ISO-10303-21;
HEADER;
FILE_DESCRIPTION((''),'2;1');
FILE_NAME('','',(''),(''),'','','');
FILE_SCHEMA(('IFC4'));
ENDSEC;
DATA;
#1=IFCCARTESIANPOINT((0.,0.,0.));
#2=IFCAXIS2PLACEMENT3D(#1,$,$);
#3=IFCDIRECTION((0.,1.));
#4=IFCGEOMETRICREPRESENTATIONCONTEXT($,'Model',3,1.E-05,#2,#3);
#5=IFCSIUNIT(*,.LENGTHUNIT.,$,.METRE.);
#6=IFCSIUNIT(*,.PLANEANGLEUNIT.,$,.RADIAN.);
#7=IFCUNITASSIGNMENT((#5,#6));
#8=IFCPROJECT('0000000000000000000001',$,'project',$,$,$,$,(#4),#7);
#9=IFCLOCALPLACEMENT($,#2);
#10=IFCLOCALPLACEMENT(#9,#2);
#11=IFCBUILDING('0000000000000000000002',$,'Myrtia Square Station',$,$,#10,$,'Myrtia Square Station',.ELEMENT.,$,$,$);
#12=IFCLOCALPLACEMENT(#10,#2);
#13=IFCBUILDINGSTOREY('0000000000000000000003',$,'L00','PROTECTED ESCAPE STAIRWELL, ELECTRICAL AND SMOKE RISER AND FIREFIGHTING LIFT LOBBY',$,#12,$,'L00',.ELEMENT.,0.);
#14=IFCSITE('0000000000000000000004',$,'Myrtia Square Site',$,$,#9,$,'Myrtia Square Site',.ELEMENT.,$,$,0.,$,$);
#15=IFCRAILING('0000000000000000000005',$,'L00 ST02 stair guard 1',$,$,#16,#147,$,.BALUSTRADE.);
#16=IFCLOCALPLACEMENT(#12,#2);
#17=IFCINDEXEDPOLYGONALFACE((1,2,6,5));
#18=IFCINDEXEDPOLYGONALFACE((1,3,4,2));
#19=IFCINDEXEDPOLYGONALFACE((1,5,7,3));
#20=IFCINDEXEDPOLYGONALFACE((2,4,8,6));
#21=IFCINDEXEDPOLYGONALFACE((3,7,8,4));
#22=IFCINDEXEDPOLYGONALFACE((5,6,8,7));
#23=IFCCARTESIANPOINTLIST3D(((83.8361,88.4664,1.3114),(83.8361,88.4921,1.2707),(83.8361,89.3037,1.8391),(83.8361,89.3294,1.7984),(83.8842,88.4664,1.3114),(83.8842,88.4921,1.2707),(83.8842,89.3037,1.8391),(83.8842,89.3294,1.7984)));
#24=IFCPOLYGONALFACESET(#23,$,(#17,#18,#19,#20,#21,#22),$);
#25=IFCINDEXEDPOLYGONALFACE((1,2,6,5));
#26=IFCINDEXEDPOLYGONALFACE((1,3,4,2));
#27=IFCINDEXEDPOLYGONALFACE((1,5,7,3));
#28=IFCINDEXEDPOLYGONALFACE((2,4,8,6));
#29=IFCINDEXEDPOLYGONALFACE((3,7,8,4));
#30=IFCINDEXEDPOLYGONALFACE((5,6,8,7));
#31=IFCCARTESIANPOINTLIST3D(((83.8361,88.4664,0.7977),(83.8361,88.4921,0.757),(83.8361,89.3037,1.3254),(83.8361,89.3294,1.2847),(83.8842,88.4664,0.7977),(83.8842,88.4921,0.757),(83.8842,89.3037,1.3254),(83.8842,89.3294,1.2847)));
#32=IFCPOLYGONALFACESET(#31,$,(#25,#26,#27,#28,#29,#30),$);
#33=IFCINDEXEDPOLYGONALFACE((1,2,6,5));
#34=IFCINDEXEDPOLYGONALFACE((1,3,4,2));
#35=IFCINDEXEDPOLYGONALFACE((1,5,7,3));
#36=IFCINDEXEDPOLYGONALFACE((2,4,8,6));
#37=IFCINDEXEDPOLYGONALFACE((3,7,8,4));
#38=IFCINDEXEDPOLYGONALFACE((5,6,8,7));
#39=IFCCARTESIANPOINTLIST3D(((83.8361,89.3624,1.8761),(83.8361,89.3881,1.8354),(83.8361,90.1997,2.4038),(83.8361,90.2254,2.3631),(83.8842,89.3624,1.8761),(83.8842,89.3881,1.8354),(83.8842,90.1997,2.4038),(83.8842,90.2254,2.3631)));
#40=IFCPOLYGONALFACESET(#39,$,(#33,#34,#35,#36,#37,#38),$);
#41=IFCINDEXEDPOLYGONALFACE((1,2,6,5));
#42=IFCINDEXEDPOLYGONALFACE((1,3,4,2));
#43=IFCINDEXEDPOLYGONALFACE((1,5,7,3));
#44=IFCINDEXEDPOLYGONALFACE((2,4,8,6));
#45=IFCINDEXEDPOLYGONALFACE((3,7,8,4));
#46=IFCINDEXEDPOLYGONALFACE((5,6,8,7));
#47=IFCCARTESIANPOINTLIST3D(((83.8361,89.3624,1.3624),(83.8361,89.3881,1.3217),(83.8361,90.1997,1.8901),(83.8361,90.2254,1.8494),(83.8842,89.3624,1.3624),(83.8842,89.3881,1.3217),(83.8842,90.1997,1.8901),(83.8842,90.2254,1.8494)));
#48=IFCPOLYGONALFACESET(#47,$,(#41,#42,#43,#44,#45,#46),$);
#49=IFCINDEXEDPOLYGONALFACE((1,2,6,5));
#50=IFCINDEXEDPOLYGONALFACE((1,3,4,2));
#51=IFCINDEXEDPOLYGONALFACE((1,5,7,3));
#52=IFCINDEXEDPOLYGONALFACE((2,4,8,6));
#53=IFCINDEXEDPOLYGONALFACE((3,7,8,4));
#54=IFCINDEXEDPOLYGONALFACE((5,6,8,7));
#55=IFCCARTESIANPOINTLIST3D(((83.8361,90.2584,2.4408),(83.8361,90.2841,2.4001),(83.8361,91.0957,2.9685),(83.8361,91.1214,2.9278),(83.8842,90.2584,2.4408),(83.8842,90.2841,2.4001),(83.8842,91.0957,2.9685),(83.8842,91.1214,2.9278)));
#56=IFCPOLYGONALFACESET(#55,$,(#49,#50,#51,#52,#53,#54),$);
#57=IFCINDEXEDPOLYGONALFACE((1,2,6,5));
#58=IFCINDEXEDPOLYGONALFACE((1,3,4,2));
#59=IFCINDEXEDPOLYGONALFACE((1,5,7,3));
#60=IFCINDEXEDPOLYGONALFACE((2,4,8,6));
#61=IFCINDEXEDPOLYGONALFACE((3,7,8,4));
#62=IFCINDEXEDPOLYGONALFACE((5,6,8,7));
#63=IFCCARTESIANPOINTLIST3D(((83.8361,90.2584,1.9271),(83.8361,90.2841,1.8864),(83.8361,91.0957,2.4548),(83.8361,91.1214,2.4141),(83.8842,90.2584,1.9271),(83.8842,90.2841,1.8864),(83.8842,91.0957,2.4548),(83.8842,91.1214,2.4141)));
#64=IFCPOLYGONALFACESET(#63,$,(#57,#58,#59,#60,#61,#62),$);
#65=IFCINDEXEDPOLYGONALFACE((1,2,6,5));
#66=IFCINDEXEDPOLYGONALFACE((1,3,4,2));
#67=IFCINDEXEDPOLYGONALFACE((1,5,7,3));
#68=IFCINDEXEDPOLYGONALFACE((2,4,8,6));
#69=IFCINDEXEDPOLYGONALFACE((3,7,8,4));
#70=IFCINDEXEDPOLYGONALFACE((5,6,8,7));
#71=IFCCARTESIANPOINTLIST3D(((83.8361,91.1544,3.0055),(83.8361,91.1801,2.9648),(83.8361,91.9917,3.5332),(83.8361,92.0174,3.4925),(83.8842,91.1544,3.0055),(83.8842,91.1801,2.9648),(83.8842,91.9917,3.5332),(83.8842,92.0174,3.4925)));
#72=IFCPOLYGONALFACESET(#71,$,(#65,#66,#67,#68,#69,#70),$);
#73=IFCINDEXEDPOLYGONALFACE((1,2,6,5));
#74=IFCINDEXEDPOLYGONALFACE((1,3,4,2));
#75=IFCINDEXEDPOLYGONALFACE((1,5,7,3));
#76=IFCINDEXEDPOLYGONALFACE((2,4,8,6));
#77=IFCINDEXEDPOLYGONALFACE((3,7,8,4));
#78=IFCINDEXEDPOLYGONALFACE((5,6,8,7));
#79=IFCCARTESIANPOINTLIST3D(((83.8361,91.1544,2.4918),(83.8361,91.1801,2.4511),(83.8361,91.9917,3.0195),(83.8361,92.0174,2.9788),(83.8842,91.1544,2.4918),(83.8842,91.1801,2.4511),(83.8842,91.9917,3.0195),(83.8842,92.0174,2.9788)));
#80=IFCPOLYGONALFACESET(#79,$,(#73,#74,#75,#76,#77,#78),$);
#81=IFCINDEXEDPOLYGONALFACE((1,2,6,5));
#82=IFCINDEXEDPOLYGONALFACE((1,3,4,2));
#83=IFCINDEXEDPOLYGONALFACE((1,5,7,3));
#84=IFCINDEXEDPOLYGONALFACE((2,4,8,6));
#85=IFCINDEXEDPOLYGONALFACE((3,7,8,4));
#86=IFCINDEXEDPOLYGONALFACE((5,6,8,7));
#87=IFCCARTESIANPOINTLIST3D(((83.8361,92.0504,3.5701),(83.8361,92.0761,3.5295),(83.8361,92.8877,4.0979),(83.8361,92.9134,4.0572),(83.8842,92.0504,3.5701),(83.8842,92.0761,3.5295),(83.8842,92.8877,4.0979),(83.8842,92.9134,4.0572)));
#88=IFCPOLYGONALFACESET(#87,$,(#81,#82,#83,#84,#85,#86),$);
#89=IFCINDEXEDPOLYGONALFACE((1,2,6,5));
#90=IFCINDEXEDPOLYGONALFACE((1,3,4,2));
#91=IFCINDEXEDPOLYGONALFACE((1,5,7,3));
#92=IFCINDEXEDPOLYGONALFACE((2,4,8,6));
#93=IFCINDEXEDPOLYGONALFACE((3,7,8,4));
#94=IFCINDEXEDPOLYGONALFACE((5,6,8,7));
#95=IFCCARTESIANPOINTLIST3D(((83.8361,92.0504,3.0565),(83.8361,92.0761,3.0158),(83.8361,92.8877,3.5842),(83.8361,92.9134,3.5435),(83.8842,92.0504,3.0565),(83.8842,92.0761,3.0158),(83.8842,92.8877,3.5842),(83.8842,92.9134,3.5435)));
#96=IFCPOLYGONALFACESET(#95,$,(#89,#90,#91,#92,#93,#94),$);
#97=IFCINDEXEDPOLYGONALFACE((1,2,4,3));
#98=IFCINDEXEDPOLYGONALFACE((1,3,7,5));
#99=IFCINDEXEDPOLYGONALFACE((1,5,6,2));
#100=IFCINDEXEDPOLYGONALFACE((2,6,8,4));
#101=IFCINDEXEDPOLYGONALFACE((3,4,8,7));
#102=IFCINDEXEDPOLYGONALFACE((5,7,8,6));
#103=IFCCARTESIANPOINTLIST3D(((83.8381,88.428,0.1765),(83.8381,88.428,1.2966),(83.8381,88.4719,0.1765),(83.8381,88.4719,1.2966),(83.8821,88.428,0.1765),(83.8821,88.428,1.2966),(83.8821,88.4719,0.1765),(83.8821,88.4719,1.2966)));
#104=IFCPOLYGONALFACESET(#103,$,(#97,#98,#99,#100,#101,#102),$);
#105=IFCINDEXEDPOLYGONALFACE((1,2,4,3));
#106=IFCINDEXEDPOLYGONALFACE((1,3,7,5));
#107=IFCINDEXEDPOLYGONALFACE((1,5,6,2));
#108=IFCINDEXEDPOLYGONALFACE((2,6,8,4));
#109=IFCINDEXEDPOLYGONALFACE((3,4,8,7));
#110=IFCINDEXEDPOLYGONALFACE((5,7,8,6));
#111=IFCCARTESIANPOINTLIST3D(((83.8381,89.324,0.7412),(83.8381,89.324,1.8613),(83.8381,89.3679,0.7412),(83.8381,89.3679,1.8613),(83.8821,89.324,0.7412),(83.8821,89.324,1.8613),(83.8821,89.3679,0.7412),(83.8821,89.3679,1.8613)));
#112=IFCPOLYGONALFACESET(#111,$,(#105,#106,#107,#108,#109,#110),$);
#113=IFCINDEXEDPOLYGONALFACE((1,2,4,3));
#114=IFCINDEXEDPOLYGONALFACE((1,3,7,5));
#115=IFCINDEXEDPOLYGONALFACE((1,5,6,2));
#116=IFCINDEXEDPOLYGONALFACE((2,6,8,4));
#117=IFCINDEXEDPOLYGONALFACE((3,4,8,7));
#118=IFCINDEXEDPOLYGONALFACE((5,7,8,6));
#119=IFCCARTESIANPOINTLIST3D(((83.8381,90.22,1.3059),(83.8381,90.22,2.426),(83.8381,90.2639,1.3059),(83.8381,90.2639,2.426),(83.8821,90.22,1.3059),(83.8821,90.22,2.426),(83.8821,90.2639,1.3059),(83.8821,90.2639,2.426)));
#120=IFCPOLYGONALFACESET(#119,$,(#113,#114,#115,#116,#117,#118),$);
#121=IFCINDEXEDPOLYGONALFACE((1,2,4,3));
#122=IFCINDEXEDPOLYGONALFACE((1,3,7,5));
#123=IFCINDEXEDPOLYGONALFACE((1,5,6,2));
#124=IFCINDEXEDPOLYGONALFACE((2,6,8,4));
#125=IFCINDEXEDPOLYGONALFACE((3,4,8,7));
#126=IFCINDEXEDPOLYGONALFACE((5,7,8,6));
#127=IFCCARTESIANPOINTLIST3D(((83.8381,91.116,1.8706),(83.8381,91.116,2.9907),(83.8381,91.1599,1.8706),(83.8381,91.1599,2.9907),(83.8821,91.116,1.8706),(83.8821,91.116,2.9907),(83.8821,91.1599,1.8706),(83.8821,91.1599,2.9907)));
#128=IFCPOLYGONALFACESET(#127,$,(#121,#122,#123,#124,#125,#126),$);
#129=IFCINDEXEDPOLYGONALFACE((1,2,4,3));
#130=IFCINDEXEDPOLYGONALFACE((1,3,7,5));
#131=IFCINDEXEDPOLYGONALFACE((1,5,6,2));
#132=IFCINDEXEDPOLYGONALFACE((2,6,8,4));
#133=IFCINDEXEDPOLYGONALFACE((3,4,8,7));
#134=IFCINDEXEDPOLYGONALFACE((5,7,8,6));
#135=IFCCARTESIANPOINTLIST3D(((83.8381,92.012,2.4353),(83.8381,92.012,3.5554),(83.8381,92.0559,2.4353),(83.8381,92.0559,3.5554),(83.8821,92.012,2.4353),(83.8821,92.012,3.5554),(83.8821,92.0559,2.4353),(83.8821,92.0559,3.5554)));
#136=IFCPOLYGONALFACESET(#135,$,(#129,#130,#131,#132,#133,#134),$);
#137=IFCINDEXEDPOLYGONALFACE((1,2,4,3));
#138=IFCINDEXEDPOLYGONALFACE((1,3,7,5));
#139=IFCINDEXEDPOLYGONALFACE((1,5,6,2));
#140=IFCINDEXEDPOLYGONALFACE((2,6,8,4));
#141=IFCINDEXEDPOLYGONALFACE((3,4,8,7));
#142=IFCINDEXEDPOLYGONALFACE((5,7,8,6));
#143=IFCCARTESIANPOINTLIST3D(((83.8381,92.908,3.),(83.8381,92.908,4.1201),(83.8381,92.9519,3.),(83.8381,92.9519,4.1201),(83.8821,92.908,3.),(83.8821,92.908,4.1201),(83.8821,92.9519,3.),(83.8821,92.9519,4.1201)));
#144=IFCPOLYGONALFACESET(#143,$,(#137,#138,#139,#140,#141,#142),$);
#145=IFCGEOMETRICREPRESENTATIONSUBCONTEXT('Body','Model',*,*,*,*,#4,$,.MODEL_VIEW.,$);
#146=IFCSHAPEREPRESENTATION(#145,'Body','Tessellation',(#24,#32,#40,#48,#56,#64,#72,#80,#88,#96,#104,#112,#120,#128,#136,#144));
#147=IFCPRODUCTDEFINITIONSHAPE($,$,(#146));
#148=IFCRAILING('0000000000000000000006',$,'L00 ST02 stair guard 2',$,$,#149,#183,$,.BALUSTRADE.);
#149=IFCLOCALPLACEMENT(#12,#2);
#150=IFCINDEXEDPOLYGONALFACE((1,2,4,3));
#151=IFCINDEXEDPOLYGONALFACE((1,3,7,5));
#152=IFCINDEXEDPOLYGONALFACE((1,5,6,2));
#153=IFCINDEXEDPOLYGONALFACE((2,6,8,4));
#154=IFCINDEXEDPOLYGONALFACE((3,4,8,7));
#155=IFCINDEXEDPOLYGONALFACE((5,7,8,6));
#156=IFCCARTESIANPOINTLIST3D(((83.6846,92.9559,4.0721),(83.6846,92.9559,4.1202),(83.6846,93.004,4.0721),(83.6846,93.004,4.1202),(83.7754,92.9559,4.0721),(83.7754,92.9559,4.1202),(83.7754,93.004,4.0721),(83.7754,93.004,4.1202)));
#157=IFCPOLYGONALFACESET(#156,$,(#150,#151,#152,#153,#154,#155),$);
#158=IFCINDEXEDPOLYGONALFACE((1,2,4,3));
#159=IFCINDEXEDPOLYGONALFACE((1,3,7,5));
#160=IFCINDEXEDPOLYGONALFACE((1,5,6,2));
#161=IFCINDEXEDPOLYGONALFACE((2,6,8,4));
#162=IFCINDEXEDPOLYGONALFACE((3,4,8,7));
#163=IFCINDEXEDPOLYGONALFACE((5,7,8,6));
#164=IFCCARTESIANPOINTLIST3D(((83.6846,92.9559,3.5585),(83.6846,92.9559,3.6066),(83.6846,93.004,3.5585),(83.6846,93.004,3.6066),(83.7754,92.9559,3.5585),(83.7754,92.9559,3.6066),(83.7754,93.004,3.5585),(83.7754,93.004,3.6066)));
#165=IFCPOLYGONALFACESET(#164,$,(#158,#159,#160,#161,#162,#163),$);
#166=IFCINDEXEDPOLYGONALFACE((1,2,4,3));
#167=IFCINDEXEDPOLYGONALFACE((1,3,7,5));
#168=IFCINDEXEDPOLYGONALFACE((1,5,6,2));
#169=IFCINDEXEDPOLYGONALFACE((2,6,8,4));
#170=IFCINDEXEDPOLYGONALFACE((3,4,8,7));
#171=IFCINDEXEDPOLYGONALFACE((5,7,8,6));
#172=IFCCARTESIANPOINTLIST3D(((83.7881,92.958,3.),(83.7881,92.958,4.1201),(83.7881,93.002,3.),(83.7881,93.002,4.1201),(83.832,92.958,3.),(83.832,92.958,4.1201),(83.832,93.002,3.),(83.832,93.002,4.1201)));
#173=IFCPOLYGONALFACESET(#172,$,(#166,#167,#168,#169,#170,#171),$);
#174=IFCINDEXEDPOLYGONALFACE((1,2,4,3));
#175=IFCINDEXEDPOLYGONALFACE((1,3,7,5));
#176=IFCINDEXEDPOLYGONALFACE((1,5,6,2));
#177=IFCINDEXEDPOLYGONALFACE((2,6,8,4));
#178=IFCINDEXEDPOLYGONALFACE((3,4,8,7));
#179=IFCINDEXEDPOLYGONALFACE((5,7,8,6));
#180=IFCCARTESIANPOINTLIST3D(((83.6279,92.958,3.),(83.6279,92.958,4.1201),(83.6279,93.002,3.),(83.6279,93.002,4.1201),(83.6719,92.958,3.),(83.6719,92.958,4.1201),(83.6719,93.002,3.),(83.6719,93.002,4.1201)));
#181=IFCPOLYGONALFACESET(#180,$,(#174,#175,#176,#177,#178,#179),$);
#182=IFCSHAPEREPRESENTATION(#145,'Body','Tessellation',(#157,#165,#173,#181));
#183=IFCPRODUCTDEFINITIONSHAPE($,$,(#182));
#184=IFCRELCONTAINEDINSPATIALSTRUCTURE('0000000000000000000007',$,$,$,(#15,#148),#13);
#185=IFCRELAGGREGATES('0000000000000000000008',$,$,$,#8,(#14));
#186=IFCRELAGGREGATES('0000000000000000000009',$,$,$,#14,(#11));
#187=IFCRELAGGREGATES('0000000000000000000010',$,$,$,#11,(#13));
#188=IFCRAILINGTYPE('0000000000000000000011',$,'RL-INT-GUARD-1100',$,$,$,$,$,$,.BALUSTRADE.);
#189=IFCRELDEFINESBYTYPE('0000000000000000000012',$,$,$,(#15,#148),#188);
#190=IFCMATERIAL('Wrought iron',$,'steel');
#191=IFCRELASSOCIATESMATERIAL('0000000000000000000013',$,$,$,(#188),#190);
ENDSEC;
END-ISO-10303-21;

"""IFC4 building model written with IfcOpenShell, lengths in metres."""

from ifc_helpers import new_model, si_unit, direction, frame, origin, origin_2d, place, context, subcontext, project, spatial, rectangle, extrude, material, type_object, element, save


model = new_model("IFC4")

# Units and contexts
model_context = context("Model", 3, precision=1e-05, world=origin(), true_north=direction((0.0, 1.0)))
body_context = subcontext(model_context, "Body", "Model", "MODEL_VIEW")
ifc_project = project(units=[si_unit("LENGTHUNIT", "METRE"), si_unit("PLANEANGLEUNIT", "RADIAN")], contexts=[model_context])

# Site, building, storey
site_placement = place(None, origin())
site = spatial("IfcSite", under=ifc_project, at=site_placement, Name="Myrtia Square Site", LongName="Myrtia Square Site", CompositionType="ELEMENT", RefElevation=0.0)
building_placement = place(site_placement, origin())
building = spatial("IfcBuilding", under=site, at=building_placement, Name="Myrtia Square Station", LongName="Myrtia Square Station", CompositionType="ELEMENT")
storey_placement = place(building_placement, origin())
storey = spatial("IfcBuildingStorey", under=building, at=storey_placement, Name="L00", Description="PROTECTED ESCAPE STAIRWELL, ELECTRICAL AND SMOKE RISER AND FIREFIGHTING LIFT LOBBY", LongName="L00", CompositionType="ELEMENT", Elevation=0.0)

# Railings
ifc_material_1 = material(Name="Wrought iron", Category="steel")
railing_type_1 = type_object("IfcRailingType", Name="RL-INT-GUARD-1100", PredefinedType="BALUSTRADE", material=ifc_material_1)
railing_1_placement = place(storey_placement, frame((83.8601, 88.45, 0.1765)))
element("IfcRailing", 1, at=railing_1_placement, inside=storey, type_object=railing_type_1, Name="L00 ST02 stair guard 1", PredefinedType="BALUSTRADE", context=body_context, shape_type="SweptSolid", body=[
    extrude(rectangle(XDim=0.0481, YDim=0.0481, at=origin_2d()), frame((0.0, 0.0293, 1.1145), z_axis=(0.0, 0.845998, 0.533186), x_axis=(-1.0, 0.0, 0.0)), (0.0, 0.0, 1.0), 0.9897),
    extrude(rectangle(XDim=0.0481, YDim=0.0481, at=origin_2d()), frame((0.0, 0.0293, 0.6008), z_axis=(0.0, 0.845998, 0.533186), x_axis=(-1.0, 0.0, 0.0)), (0.0, 0.0, 1.0), 0.9897),
    extrude(rectangle(XDim=0.0481, YDim=0.0481, at=origin_2d()), frame((0.0, 0.9253, 1.6792), z_axis=(0.0, 0.845998, 0.533186), x_axis=(-1.0, 0.0, 0.0)), (0.0, 0.0, 1.0), 0.9897),
    extrude(rectangle(XDim=0.0481, YDim=0.0481, at=origin_2d()), frame((0.0, 0.9253, 1.1655), z_axis=(0.0, 0.845998, 0.533186), x_axis=(-1.0, 0.0, 0.0)), (0.0, 0.0, 1.0), 0.9897),
    extrude(rectangle(XDim=0.0481, YDim=0.0481, at=origin_2d()), frame((0.0, 1.8213, 2.2439), z_axis=(0.0, 0.845998, 0.533186), x_axis=(-1.0, 0.0, 0.0)), (0.0, 0.0, 1.0), 0.9897),
    extrude(rectangle(XDim=0.0481, YDim=0.0481, at=origin_2d()), frame((0.0, 1.8213, 1.7302), z_axis=(0.0, 0.845998, 0.533186), x_axis=(-1.0, 0.0, 0.0)), (0.0, 0.0, 1.0), 0.9897),
    extrude(rectangle(XDim=0.0481, YDim=0.0481, at=origin_2d()), frame((0.0, 2.7173, 2.8086), z_axis=(0.0, 0.845998, 0.533186), x_axis=(-1.0, 0.0, 0.0)), (0.0, 0.0, 1.0), 0.9897),
    extrude(rectangle(XDim=0.0481, YDim=0.0481, at=origin_2d()), frame((0.0, 2.7173, 2.2949), z_axis=(0.0, 0.845998, 0.533186), x_axis=(-1.0, 0.0, 0.0)), (0.0, 0.0, 1.0), 0.9897),
    extrude(rectangle(XDim=0.0481, YDim=0.0481, at=origin_2d()), frame((0.0, 3.6133, 3.3733), z_axis=(0.0, 0.845998, 0.533186), x_axis=(-1.0, 0.0, 0.0)), (0.0, 0.0, 1.0), 0.9897),
    extrude(rectangle(XDim=0.0481, YDim=0.0481, at=origin_2d()), frame((0.0, 3.6133, 2.8596), z_axis=(0.0, 0.845998, 0.533186), x_axis=(-1.0, 0.0, 0.0)), (0.0, 0.0, 1.0), 0.9897),
    extrude(rectangle(XDim=0.0439, YDim=0.0439, at=origin_2d()), origin(), (0.0, 0.0, 1.0), 1.1201),
    extrude(rectangle(XDim=0.0439, YDim=0.0439, at=origin_2d()), frame((0.0, 0.896, 0.5647)), (0.0, 0.0, 1.0), 1.1201),
    extrude(rectangle(XDim=0.0439, YDim=0.0439, at=origin_2d()), frame((0.0, 1.792, 1.1294)), (0.0, 0.0, 1.0), 1.1201),
    extrude(rectangle(XDim=0.0439, YDim=0.0439, at=origin_2d()), frame((0.0, 2.688, 1.6941)), (0.0, 0.0, 1.0), 1.1201),
    extrude(rectangle(XDim=0.0439, YDim=0.0439, at=origin_2d()), frame((0.0, 3.584, 2.2588)), (0.0, 0.0, 1.0), 1.1201),
    extrude(rectangle(XDim=0.0439, YDim=0.0439, at=origin_2d()), frame((0.0, 4.48, 2.8235)), (0.0, 0.0, 1.0), 1.1201),
])
railing_2_placement = place(storey_placement, frame((83.8101, 92.98, 3.0)))
element("IfcRailing", 2, at=railing_2_placement, inside=storey, type_object=railing_type_1, Name="L00 ST02 stair guard 2", PredefinedType="BALUSTRADE", context=body_context, shape_type="SweptSolid", body=[
    extrude(rectangle(XDim=0.0481, YDim=0.0481, at=origin_2d()), frame((-0.0347, 0.0, 1.0962), z_axis=(-1.0, 0.0, 0.0), x_axis=(0.0, -1.0, 0.0)), (0.0, 0.0, 1.0), 0.0908),
    extrude(rectangle(XDim=0.0481, YDim=0.0481, at=origin_2d()), frame((-0.0347, 0.0, 0.5825), z_axis=(-1.0, 0.0, 0.0), x_axis=(0.0, -1.0, 0.0)), (0.0, 0.0, 1.0), 0.0908),
    extrude(rectangle(XDim=0.0439, YDim=0.0439, at=origin_2d()), origin(), (0.0, 0.0, 1.0), 1.1201),
    extrude(rectangle(XDim=0.0439, YDim=0.0439, at=origin_2d()), frame((-0.1602, 0.0, 0.0)), (0.0, 0.0, 1.0), 1.1201),
])

save(model, "model.ifc")
